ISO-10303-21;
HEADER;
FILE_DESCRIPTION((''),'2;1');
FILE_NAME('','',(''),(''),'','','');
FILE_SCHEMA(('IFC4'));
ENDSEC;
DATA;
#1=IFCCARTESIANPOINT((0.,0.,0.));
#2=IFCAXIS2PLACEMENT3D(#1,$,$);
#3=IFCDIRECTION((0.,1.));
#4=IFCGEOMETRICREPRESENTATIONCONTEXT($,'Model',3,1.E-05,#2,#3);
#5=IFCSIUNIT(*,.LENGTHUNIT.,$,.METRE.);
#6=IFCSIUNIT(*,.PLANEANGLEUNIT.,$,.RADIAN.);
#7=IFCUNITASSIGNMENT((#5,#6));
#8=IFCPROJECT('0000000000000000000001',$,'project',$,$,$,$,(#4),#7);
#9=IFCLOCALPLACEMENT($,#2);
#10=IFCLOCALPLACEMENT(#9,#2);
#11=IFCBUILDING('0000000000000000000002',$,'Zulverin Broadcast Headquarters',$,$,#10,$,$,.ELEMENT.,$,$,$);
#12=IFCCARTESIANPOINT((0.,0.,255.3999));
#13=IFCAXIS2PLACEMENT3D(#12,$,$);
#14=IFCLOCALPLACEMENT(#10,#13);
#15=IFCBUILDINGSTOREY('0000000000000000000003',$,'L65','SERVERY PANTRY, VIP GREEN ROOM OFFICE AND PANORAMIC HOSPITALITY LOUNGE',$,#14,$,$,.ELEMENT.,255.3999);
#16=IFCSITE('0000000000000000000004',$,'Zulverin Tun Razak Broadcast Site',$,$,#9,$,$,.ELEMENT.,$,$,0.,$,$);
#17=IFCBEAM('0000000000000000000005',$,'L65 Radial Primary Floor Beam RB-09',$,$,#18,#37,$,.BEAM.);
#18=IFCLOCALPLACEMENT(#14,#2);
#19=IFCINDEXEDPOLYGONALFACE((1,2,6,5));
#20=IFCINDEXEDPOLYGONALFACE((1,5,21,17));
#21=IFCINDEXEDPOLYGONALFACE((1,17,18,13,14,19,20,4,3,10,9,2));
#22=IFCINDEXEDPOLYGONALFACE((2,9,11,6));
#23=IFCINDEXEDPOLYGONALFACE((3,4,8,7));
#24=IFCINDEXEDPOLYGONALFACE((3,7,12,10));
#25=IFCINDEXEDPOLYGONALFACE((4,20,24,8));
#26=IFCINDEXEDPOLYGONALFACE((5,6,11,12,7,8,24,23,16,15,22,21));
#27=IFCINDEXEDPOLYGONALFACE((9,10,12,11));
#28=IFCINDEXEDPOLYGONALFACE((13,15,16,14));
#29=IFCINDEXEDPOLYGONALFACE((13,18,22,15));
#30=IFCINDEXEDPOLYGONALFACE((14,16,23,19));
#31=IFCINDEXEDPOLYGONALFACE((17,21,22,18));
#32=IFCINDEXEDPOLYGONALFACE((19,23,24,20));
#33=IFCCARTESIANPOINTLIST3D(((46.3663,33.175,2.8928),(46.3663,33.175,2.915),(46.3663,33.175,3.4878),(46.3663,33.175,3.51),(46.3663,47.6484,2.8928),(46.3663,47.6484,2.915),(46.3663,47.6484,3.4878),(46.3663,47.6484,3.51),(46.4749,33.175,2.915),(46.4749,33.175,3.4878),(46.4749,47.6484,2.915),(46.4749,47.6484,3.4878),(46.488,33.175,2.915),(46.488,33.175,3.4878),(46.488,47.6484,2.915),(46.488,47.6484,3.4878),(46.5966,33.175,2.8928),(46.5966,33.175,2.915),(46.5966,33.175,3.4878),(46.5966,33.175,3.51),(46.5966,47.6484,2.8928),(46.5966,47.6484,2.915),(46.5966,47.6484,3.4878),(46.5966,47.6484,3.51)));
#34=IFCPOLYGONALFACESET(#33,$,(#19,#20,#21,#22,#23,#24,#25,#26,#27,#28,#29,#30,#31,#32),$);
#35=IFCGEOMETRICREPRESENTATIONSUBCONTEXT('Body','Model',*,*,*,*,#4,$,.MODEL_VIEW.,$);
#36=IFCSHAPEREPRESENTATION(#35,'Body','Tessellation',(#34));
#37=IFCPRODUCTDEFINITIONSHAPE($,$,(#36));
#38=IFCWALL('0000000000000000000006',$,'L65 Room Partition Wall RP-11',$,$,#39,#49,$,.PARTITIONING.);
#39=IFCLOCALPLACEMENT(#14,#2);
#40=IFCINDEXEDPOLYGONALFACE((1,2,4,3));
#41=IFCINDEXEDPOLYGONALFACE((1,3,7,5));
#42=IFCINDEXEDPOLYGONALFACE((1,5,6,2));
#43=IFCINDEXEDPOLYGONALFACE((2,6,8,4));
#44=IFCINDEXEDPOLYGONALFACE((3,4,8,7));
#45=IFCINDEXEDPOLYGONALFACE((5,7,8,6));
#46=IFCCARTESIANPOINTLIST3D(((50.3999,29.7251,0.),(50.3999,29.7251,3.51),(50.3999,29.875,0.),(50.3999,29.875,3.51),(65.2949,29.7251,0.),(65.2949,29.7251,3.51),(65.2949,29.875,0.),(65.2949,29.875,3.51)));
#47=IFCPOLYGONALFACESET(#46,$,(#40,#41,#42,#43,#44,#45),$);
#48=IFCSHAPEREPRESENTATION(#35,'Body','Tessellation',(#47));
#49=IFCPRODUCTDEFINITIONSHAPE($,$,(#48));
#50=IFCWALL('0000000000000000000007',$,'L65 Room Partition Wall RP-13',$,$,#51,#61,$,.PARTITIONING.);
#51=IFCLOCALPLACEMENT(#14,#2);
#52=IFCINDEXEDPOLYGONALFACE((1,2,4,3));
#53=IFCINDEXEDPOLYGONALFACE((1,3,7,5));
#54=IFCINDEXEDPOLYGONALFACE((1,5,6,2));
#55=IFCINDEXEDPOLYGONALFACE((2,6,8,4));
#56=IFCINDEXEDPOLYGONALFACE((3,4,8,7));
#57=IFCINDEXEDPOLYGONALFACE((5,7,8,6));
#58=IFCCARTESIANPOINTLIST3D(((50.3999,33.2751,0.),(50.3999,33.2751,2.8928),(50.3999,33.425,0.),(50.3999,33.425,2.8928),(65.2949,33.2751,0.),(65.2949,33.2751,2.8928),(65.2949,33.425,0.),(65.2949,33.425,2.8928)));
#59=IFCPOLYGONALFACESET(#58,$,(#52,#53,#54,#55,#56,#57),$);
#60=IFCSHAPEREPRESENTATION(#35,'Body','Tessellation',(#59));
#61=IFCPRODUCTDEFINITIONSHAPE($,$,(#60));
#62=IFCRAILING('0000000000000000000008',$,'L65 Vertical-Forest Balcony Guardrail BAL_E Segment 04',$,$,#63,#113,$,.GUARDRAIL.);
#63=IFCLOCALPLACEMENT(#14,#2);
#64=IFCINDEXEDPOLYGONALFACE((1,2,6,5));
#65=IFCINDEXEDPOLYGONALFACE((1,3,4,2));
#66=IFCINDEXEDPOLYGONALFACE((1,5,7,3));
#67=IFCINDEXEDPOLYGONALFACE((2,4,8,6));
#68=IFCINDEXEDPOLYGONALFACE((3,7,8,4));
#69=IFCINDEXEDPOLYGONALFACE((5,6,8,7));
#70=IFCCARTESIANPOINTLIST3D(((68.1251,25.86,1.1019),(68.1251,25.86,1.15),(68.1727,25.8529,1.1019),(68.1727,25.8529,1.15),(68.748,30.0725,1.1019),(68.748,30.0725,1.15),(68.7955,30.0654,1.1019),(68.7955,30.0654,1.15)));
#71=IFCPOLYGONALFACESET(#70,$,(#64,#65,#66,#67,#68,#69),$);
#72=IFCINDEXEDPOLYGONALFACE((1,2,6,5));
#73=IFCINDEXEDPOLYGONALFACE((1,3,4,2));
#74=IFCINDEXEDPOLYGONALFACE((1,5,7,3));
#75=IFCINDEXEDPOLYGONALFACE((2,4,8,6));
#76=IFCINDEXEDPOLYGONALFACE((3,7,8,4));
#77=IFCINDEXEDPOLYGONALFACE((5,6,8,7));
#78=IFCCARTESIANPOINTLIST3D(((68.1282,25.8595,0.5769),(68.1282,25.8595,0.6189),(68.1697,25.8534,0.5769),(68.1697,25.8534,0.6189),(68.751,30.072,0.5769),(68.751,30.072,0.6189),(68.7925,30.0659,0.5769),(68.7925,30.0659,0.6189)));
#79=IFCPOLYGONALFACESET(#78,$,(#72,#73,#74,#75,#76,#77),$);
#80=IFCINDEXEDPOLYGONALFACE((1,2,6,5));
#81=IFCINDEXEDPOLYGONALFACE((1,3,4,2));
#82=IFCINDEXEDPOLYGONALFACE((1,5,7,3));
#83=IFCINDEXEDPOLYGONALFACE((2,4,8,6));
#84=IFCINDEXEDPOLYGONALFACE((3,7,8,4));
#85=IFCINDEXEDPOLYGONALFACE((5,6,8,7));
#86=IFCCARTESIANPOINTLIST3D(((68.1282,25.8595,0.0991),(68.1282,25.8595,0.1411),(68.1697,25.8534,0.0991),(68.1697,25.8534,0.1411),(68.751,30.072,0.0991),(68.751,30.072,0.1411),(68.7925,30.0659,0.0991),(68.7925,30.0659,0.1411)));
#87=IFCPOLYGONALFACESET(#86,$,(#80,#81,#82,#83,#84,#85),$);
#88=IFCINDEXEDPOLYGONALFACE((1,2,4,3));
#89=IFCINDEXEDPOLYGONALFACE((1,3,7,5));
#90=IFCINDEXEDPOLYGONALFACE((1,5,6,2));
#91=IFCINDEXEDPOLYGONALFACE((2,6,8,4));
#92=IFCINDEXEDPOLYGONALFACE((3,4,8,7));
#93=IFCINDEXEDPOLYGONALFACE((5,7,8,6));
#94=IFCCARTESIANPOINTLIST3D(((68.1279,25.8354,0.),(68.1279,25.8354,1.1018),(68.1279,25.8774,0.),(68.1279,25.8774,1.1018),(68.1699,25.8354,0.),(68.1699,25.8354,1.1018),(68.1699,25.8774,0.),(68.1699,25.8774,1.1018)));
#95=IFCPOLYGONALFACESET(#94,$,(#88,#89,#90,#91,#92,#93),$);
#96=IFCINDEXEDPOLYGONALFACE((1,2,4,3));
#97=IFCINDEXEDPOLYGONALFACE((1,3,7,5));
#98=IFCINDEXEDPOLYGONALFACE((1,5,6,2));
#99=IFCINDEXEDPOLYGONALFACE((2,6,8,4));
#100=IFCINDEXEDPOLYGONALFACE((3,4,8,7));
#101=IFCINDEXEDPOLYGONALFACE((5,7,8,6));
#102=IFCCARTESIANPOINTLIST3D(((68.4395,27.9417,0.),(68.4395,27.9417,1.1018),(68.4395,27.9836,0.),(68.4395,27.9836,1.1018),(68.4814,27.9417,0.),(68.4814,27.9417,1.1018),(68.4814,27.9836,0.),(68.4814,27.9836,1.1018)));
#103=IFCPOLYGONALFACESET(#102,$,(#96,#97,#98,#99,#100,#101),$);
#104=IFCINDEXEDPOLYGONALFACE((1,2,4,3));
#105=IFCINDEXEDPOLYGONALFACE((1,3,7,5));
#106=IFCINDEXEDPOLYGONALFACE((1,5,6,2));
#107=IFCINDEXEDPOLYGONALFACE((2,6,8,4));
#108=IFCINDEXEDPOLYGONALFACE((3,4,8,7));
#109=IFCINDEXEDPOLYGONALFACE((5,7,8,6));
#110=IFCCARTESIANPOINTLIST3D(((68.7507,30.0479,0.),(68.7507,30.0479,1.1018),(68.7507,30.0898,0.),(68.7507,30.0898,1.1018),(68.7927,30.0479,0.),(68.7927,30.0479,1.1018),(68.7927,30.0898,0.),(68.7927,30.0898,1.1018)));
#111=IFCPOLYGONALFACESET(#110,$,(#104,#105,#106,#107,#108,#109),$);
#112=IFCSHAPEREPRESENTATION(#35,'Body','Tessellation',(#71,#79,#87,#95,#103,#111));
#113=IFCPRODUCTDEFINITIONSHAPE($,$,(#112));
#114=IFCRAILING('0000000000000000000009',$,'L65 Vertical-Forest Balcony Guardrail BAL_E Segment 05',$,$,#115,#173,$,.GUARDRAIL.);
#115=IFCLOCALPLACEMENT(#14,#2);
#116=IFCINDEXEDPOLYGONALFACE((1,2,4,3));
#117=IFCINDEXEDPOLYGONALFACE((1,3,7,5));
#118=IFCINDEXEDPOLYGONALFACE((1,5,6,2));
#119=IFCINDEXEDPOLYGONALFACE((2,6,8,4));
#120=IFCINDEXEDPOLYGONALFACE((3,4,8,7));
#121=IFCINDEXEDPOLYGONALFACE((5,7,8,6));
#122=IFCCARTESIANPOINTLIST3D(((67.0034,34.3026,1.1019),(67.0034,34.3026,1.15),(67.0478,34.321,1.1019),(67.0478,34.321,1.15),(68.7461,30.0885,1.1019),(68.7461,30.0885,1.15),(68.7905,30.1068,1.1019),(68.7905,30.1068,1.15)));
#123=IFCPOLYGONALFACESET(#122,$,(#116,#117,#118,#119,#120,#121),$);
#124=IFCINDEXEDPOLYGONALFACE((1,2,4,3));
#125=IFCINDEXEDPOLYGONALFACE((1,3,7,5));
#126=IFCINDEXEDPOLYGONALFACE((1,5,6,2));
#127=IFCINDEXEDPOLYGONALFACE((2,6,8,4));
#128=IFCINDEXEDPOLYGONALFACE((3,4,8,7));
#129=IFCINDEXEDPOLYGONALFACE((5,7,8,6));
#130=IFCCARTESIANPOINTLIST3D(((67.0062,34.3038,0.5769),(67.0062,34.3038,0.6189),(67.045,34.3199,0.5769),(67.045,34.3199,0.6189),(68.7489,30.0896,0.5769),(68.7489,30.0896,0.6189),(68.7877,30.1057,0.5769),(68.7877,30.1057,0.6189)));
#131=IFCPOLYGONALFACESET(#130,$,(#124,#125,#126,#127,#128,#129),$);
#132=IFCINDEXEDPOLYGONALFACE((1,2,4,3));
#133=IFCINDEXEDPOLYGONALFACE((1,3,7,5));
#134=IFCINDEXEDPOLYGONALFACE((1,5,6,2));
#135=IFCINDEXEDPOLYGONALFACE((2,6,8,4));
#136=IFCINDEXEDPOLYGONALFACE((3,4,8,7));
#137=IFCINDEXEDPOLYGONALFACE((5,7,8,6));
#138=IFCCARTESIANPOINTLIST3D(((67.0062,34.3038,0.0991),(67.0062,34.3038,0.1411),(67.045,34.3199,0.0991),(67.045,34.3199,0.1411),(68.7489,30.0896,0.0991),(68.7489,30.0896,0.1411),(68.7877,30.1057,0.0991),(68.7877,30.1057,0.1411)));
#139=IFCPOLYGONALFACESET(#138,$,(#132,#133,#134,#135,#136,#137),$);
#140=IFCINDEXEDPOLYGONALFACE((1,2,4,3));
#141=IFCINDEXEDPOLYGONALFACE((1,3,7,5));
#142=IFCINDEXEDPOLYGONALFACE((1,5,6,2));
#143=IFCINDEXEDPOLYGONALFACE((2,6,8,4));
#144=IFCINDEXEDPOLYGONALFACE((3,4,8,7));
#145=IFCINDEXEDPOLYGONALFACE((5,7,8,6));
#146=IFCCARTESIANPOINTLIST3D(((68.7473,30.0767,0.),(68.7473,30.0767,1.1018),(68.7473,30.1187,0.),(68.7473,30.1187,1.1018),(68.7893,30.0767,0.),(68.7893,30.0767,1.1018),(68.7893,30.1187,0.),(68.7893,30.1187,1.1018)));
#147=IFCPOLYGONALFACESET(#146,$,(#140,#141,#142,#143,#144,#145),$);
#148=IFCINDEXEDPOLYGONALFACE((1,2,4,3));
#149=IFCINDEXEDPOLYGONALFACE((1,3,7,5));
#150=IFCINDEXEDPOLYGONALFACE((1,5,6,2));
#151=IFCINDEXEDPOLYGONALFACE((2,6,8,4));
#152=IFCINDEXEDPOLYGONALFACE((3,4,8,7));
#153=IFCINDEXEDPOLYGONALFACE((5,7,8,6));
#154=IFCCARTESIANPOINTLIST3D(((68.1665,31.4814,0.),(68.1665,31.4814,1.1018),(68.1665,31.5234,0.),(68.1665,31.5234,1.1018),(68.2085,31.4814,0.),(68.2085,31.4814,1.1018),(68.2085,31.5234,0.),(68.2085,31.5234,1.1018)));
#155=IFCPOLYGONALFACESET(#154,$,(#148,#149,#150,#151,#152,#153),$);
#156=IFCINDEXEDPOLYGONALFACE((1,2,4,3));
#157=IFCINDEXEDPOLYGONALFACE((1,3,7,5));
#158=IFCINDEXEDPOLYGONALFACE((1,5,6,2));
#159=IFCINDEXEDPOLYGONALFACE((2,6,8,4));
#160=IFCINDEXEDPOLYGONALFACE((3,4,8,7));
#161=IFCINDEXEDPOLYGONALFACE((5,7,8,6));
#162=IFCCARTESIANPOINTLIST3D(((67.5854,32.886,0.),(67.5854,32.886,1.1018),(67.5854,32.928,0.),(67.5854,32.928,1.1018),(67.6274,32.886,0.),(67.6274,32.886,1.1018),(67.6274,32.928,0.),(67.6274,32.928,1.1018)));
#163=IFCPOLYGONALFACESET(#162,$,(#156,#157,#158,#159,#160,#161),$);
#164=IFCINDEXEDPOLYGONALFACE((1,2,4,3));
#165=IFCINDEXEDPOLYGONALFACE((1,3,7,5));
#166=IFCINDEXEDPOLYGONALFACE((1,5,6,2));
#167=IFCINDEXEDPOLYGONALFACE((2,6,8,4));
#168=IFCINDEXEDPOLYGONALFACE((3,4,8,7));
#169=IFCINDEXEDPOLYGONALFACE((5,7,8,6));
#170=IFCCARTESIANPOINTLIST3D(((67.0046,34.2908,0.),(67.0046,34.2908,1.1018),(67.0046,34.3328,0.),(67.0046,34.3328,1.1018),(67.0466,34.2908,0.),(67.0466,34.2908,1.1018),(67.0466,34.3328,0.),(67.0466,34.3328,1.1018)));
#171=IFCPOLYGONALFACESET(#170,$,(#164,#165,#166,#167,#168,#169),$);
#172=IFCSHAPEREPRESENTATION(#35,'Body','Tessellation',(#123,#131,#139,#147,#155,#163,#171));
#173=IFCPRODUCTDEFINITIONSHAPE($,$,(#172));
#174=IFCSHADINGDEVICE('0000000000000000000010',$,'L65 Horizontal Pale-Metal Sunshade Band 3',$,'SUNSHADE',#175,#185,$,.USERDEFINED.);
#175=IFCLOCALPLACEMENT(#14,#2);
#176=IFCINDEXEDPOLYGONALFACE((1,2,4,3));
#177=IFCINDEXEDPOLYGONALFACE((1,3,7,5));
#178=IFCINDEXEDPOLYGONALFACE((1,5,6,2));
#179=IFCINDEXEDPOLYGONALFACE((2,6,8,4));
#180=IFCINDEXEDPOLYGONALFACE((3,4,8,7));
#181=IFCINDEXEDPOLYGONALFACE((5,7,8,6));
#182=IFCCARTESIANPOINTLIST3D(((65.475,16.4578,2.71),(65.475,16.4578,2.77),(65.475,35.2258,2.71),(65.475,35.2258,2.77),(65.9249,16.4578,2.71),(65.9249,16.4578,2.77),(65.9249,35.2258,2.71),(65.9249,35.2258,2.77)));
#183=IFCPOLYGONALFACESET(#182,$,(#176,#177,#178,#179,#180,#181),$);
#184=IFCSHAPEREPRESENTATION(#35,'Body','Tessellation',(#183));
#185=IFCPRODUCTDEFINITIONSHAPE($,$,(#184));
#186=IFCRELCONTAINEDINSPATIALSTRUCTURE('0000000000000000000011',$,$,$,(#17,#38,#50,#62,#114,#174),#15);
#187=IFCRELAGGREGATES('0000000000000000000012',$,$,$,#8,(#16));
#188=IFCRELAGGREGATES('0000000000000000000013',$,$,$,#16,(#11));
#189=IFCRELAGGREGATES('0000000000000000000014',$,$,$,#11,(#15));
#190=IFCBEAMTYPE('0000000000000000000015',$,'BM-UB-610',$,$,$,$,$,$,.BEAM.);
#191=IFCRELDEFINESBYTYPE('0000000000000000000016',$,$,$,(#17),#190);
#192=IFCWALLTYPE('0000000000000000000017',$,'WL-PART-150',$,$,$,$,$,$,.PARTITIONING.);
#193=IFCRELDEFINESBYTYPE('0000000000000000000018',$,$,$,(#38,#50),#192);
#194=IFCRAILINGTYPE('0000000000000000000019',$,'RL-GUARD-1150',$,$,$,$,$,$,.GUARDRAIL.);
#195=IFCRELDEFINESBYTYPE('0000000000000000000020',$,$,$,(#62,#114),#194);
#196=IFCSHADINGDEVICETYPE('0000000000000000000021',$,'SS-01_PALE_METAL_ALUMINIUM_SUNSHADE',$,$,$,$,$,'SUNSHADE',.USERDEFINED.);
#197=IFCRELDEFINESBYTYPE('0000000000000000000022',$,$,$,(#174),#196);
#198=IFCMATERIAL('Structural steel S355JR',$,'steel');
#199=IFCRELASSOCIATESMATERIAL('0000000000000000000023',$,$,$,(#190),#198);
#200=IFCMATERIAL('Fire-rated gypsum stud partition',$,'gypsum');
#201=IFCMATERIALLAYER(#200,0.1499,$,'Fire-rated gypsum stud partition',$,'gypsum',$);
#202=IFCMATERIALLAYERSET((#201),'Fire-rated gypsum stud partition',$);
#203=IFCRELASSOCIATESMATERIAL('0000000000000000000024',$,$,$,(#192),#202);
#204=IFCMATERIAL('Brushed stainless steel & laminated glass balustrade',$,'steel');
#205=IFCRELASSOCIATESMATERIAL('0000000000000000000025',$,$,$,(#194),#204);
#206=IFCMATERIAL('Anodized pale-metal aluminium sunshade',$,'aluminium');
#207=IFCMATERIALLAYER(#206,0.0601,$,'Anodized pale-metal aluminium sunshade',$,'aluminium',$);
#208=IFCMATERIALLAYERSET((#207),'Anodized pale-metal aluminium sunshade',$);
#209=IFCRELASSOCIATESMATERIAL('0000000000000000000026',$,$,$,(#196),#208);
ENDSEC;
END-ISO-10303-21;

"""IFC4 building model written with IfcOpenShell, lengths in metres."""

from ifc_helpers import new_model, si_unit, direction, frame, frame_2d, origin, origin_2d, place, context, subcontext, project, spatial, rectangle, i_section, extrude, material, layer, layer_set, material_profile, profile_set, type_object, element, save


model = new_model("IFC4")

# Units and contexts
model_context = context("Model", 3, precision=1e-05, world=origin(), true_north=direction((0.0, 1.0)))
body_context = subcontext(model_context, "Body", "Model", "MODEL_VIEW")
ifc_project = project(units=[si_unit("LENGTHUNIT", "METRE"), si_unit("PLANEANGLEUNIT", "RADIAN")], contexts=[model_context])

# Site, building, storey
site_placement = place(None, origin())
site = spatial("IfcSite", under=ifc_project, at=site_placement, Name="Zulverin Tun Razak Broadcast Site", CompositionType="ELEMENT", RefElevation=0.0)
building_placement = place(site_placement, origin())
building = spatial("IfcBuilding", under=site, at=building_placement, Name="Zulverin Broadcast Headquarters", CompositionType="ELEMENT")
storey_placement = place(building_placement, frame((0.0, 0.0, 255.3999)))
storey = spatial("IfcBuildingStorey", under=building, at=storey_placement, Name="L65", Description="SERVERY PANTRY, VIP GREEN ROOM OFFICE AND PANORAMIC HOSPITALITY LOUNGE", CompositionType="ELEMENT", Elevation=255.3999)

# Beam
ifc_material_1 = material(Name="Structural steel S355JR", Category="steel")
ifc_material_profile_1 = material_profile(ifc_material_1, i_section(OverallWidth=0.2302, OverallDepth=0.6172, WebThickness=0.0132, FlangeThickness=0.0222, at=origin_2d()), Name="Structural steel S355JR", Category="steel")
ifc_profile_set_1 = profile_set([ifc_material_profile_1], Name="Structural steel S355JR")
beam_type_1 = type_object("IfcBeamType", Name="BM-UB-610", PredefinedType="BEAM", material=ifc_profile_set_1)
beam_1_placement = place(storey_placement, frame((46.4814, 33.175, 3.2014), z_axis=(0.0, 1.0, 0.0), x_axis=(-1.0, 0.0, 0.0)))
element("IfcBeam", 1, at=beam_1_placement, inside=storey, type_object=beam_type_1, Name="L65 Radial Primary Floor Beam RB-09", PredefinedType="BEAM", context=body_context, shape_type="SweptSolid", body=[
    extrude(i_section(OverallWidth=0.2302, OverallDepth=0.6172, WebThickness=0.0132, FlangeThickness=0.0222, at=origin_2d()), origin(), (0.0, 0.0, 1.0), 14.4734),
])

# Walls
ifc_material_2 = material(Name="Fire-rated gypsum stud partition", Category="gypsum")
ifc_layer_1 = layer(ifc_material_2, 0.1499, Name="Fire-rated gypsum stud partition", Category="gypsum")
ifc_layer_set_1 = layer_set([ifc_layer_1], Name="Fire-rated gypsum stud partition")
wall_type = type_object("IfcWallType", Name="WL-PART-150", PredefinedType="PARTITIONING", material=ifc_layer_set_1)
wall_1_placement = place(storey_placement, frame((50.3999, 29.8, 0.0), z_axis=(0.0, 0.0, 1.0), x_axis=(1.0, 0.0, 0.0)))
element("IfcWall", 2, at=wall_1_placement, inside=storey, type_object=wall_type, Name="L65 Room Partition Wall RP-11", PredefinedType="PARTITIONING", context=body_context, shape_type="SweptSolid", body=[
    extrude(rectangle(XDim=14.895, YDim=0.1499, at=frame_2d((7.4475, 0.0))), origin(), (0.0, 0.0, 1.0), 3.51),
])
wall_2_placement = place(storey_placement, frame((50.3999, 33.3501, 0.0), z_axis=(0.0, 0.0, 1.0), x_axis=(1.0, 0.0, 0.0)))
element("IfcWall", 3, at=wall_2_placement, inside=storey, type_object=wall_type, Name="L65 Room Partition Wall RP-13", PredefinedType="PARTITIONING", context=body_context, shape_type="SweptSolid", body=[
    extrude(rectangle(XDim=14.895, YDim=0.1499, at=frame_2d((7.4475, 0.0))), origin(), (0.0, 0.0, 1.0), 2.8928),
])

# Railings
ifc_material_3 = material(Name="Brushed stainless steel & laminated glass balustrade", Category="steel")
railing_type = type_object("IfcRailingType", Name="RL-GUARD-1150", PredefinedType="GUARDRAIL", material=ifc_material_3)
railing_1_placement = place(storey_placement, frame((68.1489, 25.8564, 0.0)))
element("IfcRailing", 4, at=railing_1_placement, inside=storey, type_object=railing_type, Name="L65 Vertical-Forest Balcony Guardrail BAL_E Segment 04", PredefinedType="GUARDRAIL", context=body_context, shape_type="SweptSolid", body=[
    extrude(rectangle(XDim=0.0481, YDim=0.0481, at=origin_2d()), frame((0.0, 0.0, 1.126), z_axis=(0.14626, 0.989246, 0.0), x_axis=(-0.989246, 0.14626, 0.0)), (0.0, 0.0, 1.0), 4.2583),
    extrude(rectangle(XDim=0.042, YDim=0.042, at=origin_2d()), frame((0.0, 0.0, 0.5979), z_axis=(0.14626, 0.989246, 0.0), x_axis=(-0.989246, 0.14626, 0.0)), (0.0, 0.0, 1.0), 4.2583),
    extrude(rectangle(XDim=0.042, YDim=0.042, at=origin_2d()), frame((0.0, 0.0, 0.1201), z_axis=(0.14626, 0.989246, 0.0), x_axis=(-0.989246, 0.14626, 0.0)), (0.0, 0.0, 1.0), 4.2583),
    extrude(rectangle(XDim=0.042, YDim=0.042, at=origin_2d()), origin(), (0.0, 0.0, 1.0), 1.1018),
    extrude(rectangle(XDim=0.042, YDim=0.042, at=origin_2d()), frame((0.3115, 2.1062, 0.0)), (0.0, 0.0, 1.0), 1.1018),
    extrude(rectangle(XDim=0.042, YDim=0.042, at=origin_2d()), frame((0.6228, 4.2124, 0.0)), (0.0, 0.0, 1.0), 1.1018),
])
railing_2_placement = place(storey_placement, frame((68.7683, 30.0977, 0.0)))
element("IfcRailing", 5, at=railing_2_placement, inside=storey, type_object=railing_type, Name="L65 Vertical-Forest Balcony Guardrail BAL_E Segment 05", PredefinedType="GUARDRAIL", context=body_context, shape_type="SweptSolid", body=[
    extrude(rectangle(XDim=0.0481, YDim=0.0481, at=origin_2d()), frame((0.0, 0.0, 1.126), z_axis=(-0.382147, 0.924102, 0.0), x_axis=(-0.924102, -0.382147, 0.0)), (0.0, 0.0, 1.0), 4.5603),
    extrude(rectangle(XDim=0.042, YDim=0.042, at=origin_2d()), frame((0.0, 0.0, 0.5979), z_axis=(-0.382147, 0.924102, 0.0), x_axis=(-0.924102, -0.382147, 0.0)), (0.0, 0.0, 1.0), 4.5603),
    extrude(rectangle(XDim=0.042, YDim=0.042, at=origin_2d()), frame((0.0, 0.0, 0.1201), z_axis=(-0.382147, 0.924102, 0.0), x_axis=(-0.924102, -0.382147, 0.0)), (0.0, 0.0, 1.0), 4.5603),
    extrude(rectangle(XDim=0.042, YDim=0.042, at=origin_2d()), origin(), (0.0, 0.0, 1.0), 1.1018),
    extrude(rectangle(XDim=0.042, YDim=0.042, at=origin_2d()), frame((-0.5808, 1.4048, 0.0)), (0.0, 0.0, 1.0), 1.1018),
    extrude(rectangle(XDim=0.042, YDim=0.042, at=origin_2d()), frame((-1.1619, 2.8093, 0.0)), (0.0, 0.0, 1.0), 1.1018),
    extrude(rectangle(XDim=0.042, YDim=0.042, at=origin_2d()), frame((-1.7427, 4.2141, 0.0)), (0.0, 0.0, 1.0), 1.1018),
])

# Shading device
ifc_material_4 = material(Name="Anodized pale-metal aluminium sunshade", Category="aluminium")
ifc_layer_2 = layer(ifc_material_4, 0.0601, Name="Anodized pale-metal aluminium sunshade", Category="aluminium")
ifc_layer_set_2 = layer_set([ifc_layer_2], Name="Anodized pale-metal aluminium sunshade")
shading_device_type = type_object("IfcShadingDeviceType", Name="SS-01_PALE_METAL_ALUMINIUM_SUNSHADE", ElementType="SUNSHADE", PredefinedType="USERDEFINED", material=ifc_layer_set_2)
shading_device_placement = place(storey_placement, frame((65.7, 25.8418, 2.71), z_axis=(0.0, 0.0, 1.0), x_axis=(0.0, 1.0, 0.0)))
element("IfcShadingDevice", 6, at=shading_device_placement, inside=storey, type_object=shading_device_type, Name="L65 Horizontal Pale-Metal Sunshade Band 3", ObjectType="SUNSHADE", PredefinedType="USERDEFINED", context=body_context, shape_type="SweptSolid", body=[
    extrude(rectangle(XDim=18.7681, YDim=0.45, at=origin_2d()), origin(), (0.0, 0.0, 1.0), 0.0601),
])

save(model, "model.ifc")
